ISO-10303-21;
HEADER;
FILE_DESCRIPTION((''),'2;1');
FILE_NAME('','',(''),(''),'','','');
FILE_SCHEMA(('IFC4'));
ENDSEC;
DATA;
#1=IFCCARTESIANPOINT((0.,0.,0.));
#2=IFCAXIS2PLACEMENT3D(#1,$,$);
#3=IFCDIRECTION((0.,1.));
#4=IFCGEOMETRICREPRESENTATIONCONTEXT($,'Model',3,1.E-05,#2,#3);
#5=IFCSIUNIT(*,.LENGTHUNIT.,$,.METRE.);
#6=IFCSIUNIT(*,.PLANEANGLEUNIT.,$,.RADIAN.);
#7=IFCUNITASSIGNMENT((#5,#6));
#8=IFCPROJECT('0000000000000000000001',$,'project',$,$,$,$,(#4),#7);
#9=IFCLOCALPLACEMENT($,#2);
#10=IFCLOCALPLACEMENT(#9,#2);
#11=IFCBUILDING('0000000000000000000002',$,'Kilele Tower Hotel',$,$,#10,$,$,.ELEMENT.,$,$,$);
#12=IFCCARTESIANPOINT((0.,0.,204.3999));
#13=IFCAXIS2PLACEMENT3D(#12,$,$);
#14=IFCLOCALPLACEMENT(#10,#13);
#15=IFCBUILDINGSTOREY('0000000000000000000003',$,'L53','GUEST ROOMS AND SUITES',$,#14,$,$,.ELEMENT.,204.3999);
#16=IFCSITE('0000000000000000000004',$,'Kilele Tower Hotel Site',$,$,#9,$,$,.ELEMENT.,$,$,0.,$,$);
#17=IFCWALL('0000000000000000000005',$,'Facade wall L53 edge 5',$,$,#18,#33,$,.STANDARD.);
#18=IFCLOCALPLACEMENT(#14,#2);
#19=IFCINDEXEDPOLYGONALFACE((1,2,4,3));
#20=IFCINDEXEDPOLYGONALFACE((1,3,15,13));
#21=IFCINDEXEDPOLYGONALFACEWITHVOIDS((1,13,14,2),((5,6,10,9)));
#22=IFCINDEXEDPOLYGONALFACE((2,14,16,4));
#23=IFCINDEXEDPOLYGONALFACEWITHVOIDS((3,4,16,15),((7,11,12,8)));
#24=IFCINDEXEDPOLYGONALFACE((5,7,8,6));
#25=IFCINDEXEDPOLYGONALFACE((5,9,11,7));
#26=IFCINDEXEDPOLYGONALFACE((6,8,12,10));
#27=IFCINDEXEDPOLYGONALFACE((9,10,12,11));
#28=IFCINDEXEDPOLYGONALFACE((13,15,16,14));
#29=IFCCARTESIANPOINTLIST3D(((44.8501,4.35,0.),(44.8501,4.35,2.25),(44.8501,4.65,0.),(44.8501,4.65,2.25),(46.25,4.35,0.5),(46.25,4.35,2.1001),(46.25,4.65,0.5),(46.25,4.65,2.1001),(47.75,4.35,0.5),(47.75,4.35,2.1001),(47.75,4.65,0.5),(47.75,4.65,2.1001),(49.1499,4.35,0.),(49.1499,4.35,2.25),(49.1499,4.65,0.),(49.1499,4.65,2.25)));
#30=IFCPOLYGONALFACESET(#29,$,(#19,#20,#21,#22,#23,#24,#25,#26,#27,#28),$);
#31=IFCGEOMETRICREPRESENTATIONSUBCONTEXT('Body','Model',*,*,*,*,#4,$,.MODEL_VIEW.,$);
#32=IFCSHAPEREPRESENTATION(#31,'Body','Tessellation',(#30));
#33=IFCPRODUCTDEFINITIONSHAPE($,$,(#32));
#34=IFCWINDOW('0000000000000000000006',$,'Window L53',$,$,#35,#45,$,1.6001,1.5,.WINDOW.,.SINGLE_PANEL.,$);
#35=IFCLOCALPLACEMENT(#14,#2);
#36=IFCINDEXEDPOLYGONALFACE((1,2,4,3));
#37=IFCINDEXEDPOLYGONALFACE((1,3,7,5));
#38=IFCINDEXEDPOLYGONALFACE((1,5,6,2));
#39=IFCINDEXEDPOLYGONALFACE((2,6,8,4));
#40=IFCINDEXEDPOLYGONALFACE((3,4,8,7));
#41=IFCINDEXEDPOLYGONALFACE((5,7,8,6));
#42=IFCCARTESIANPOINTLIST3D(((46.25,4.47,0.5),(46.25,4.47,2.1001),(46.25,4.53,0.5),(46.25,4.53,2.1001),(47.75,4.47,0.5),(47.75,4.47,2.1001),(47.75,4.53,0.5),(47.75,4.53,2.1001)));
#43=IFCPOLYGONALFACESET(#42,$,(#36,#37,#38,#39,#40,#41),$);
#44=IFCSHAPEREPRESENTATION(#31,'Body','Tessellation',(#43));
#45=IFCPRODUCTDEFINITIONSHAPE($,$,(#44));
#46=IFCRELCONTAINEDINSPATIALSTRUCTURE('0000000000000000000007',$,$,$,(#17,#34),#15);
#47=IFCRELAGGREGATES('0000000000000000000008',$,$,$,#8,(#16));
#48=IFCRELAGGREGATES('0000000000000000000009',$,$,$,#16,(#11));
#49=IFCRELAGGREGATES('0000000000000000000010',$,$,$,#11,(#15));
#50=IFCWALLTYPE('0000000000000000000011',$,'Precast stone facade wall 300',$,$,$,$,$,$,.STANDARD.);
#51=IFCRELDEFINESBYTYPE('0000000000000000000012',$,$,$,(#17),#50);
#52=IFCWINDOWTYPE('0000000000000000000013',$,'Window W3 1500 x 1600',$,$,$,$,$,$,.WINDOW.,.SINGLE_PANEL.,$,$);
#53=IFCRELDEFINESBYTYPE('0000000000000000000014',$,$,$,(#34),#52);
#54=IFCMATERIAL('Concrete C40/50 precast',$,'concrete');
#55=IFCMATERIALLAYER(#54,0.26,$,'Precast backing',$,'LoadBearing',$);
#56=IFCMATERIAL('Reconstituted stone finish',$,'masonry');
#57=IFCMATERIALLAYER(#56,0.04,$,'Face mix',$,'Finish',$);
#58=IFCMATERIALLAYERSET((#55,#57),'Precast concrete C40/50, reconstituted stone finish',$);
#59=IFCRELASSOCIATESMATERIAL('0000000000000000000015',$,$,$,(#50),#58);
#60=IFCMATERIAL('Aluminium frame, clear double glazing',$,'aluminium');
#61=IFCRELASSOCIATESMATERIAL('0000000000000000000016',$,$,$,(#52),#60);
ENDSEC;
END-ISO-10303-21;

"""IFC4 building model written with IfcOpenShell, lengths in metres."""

from ifc_helpers import new_model, si_unit, direction, frame, frame_2d, origin, place, context, subcontext, project, spatial, rectangle, extrude, material, layer, layer_set, type_object, element, fill, save


model = new_model("IFC4")

# Units and contexts
model_context = context("Model", 3, precision=1e-05, world=origin(), true_north=direction((0.0, 1.0)))
body_context = subcontext(model_context, "Body", "Model", "MODEL_VIEW")
ifc_project = project(units=[si_unit("LENGTHUNIT", "METRE"), si_unit("PLANEANGLEUNIT", "RADIAN")], contexts=[model_context])

# Site, building, storey
site_placement = place(None, origin())
site = spatial("IfcSite", under=ifc_project, at=site_placement, Name="Kilele Tower Hotel Site", CompositionType="ELEMENT", RefElevation=0.0)
building_placement = place(site_placement, origin())
building = spatial("IfcBuilding", under=site, at=building_placement, Name="Kilele Tower Hotel", CompositionType="ELEMENT")
storey_placement = place(building_placement, frame((0.0, 0.0, 204.3999)))
storey = spatial("IfcBuildingStorey", under=building, at=storey_placement, Name="L53", Description="GUEST ROOMS AND SUITES", CompositionType="ELEMENT", Elevation=204.3999)

# Wall, opening, window
ifc_material_1 = material(Name="Concrete C40/50 precast", Category="concrete")
ifc_layer_1 = layer(ifc_material_1, 0.26, Name="Precast backing", Category="LoadBearing")
ifc_material_2 = material(Name="Reconstituted stone finish", Category="masonry")
ifc_layer_2 = layer(ifc_material_2, 0.04, Name="Face mix", Category="Finish")
ifc_layer_set_1 = layer_set([ifc_layer_1, ifc_layer_2], Name="Precast concrete C40/50, reconstituted stone finish")
wall_type_1 = type_object("IfcWallType", Name="Precast stone facade wall 300", PredefinedType="STANDARD", material=ifc_layer_set_1)
wall_1_placement = place(storey_placement, frame((44.8501, 4.5, 0.0), z_axis=(0.0, 0.0, 1.0), x_axis=(1.0, 0.0, 0.0)))
wall_1 = element("IfcWall", 1, at=wall_1_placement, inside=storey, type_object=wall_type_1, Name="Facade wall L53 edge 5", PredefinedType="STANDARD", context=body_context, shape_type="SweptSolid", body=[
    extrude(rectangle(XDim=4.2998, YDim=0.3, at=frame_2d((2.1499, 0.0))), origin(), (0.0, 0.0, 1.0), 2.25),
])
opening_1_placement = place(wall_1_placement, frame((1.3999, 0.0, 0.5)))
opening_1 = element("IfcOpeningElement", 2, at=opening_1_placement, cuts=wall_1, PredefinedType="OPENING", context=body_context, shape_type="SweptSolid", body=[
    extrude(rectangle(XDim=1.5, YDim=1.6001, at=frame_2d((0.75, 0.8))), frame((0.0, 0.1599, 0.0), z_axis=(0.0, -1.0, 0.0), x_axis=(1.0, 0.0, 0.0)), (0.0, 0.0, 1.0), 0.3201),
])
ifc_material_3 = material(Name="Aluminium frame, clear double glazing", Category="aluminium")
window_type_1 = type_object("IfcWindowType", Name="Window W3 1500 x 1600", PartitioningType="SINGLE_PANEL", PredefinedType="WINDOW", material=ifc_material_3)
window_1_placement = place(opening_1_placement, origin())
window_1 = element("IfcWindow", 3, at=window_1_placement, inside=storey, type_object=window_type_1, Name="Window L53", OverallHeight=1.6001, OverallWidth=1.5, PartitioningType="SINGLE_PANEL", PredefinedType="WINDOW", context=body_context, shape_type="SweptSolid", body=[
    extrude(rectangle(XDim=1.5, YDim=1.6001, at=frame_2d((0.75, 0.8))), frame((0.0, 0.03, 0.0), z_axis=(0.0, -1.0, 0.0), x_axis=(1.0, 0.0, 0.0)), (0.0, 0.0, 1.0), 0.0601),
])
fill(opening_1, window_1)

save(model, "model.ifc")
